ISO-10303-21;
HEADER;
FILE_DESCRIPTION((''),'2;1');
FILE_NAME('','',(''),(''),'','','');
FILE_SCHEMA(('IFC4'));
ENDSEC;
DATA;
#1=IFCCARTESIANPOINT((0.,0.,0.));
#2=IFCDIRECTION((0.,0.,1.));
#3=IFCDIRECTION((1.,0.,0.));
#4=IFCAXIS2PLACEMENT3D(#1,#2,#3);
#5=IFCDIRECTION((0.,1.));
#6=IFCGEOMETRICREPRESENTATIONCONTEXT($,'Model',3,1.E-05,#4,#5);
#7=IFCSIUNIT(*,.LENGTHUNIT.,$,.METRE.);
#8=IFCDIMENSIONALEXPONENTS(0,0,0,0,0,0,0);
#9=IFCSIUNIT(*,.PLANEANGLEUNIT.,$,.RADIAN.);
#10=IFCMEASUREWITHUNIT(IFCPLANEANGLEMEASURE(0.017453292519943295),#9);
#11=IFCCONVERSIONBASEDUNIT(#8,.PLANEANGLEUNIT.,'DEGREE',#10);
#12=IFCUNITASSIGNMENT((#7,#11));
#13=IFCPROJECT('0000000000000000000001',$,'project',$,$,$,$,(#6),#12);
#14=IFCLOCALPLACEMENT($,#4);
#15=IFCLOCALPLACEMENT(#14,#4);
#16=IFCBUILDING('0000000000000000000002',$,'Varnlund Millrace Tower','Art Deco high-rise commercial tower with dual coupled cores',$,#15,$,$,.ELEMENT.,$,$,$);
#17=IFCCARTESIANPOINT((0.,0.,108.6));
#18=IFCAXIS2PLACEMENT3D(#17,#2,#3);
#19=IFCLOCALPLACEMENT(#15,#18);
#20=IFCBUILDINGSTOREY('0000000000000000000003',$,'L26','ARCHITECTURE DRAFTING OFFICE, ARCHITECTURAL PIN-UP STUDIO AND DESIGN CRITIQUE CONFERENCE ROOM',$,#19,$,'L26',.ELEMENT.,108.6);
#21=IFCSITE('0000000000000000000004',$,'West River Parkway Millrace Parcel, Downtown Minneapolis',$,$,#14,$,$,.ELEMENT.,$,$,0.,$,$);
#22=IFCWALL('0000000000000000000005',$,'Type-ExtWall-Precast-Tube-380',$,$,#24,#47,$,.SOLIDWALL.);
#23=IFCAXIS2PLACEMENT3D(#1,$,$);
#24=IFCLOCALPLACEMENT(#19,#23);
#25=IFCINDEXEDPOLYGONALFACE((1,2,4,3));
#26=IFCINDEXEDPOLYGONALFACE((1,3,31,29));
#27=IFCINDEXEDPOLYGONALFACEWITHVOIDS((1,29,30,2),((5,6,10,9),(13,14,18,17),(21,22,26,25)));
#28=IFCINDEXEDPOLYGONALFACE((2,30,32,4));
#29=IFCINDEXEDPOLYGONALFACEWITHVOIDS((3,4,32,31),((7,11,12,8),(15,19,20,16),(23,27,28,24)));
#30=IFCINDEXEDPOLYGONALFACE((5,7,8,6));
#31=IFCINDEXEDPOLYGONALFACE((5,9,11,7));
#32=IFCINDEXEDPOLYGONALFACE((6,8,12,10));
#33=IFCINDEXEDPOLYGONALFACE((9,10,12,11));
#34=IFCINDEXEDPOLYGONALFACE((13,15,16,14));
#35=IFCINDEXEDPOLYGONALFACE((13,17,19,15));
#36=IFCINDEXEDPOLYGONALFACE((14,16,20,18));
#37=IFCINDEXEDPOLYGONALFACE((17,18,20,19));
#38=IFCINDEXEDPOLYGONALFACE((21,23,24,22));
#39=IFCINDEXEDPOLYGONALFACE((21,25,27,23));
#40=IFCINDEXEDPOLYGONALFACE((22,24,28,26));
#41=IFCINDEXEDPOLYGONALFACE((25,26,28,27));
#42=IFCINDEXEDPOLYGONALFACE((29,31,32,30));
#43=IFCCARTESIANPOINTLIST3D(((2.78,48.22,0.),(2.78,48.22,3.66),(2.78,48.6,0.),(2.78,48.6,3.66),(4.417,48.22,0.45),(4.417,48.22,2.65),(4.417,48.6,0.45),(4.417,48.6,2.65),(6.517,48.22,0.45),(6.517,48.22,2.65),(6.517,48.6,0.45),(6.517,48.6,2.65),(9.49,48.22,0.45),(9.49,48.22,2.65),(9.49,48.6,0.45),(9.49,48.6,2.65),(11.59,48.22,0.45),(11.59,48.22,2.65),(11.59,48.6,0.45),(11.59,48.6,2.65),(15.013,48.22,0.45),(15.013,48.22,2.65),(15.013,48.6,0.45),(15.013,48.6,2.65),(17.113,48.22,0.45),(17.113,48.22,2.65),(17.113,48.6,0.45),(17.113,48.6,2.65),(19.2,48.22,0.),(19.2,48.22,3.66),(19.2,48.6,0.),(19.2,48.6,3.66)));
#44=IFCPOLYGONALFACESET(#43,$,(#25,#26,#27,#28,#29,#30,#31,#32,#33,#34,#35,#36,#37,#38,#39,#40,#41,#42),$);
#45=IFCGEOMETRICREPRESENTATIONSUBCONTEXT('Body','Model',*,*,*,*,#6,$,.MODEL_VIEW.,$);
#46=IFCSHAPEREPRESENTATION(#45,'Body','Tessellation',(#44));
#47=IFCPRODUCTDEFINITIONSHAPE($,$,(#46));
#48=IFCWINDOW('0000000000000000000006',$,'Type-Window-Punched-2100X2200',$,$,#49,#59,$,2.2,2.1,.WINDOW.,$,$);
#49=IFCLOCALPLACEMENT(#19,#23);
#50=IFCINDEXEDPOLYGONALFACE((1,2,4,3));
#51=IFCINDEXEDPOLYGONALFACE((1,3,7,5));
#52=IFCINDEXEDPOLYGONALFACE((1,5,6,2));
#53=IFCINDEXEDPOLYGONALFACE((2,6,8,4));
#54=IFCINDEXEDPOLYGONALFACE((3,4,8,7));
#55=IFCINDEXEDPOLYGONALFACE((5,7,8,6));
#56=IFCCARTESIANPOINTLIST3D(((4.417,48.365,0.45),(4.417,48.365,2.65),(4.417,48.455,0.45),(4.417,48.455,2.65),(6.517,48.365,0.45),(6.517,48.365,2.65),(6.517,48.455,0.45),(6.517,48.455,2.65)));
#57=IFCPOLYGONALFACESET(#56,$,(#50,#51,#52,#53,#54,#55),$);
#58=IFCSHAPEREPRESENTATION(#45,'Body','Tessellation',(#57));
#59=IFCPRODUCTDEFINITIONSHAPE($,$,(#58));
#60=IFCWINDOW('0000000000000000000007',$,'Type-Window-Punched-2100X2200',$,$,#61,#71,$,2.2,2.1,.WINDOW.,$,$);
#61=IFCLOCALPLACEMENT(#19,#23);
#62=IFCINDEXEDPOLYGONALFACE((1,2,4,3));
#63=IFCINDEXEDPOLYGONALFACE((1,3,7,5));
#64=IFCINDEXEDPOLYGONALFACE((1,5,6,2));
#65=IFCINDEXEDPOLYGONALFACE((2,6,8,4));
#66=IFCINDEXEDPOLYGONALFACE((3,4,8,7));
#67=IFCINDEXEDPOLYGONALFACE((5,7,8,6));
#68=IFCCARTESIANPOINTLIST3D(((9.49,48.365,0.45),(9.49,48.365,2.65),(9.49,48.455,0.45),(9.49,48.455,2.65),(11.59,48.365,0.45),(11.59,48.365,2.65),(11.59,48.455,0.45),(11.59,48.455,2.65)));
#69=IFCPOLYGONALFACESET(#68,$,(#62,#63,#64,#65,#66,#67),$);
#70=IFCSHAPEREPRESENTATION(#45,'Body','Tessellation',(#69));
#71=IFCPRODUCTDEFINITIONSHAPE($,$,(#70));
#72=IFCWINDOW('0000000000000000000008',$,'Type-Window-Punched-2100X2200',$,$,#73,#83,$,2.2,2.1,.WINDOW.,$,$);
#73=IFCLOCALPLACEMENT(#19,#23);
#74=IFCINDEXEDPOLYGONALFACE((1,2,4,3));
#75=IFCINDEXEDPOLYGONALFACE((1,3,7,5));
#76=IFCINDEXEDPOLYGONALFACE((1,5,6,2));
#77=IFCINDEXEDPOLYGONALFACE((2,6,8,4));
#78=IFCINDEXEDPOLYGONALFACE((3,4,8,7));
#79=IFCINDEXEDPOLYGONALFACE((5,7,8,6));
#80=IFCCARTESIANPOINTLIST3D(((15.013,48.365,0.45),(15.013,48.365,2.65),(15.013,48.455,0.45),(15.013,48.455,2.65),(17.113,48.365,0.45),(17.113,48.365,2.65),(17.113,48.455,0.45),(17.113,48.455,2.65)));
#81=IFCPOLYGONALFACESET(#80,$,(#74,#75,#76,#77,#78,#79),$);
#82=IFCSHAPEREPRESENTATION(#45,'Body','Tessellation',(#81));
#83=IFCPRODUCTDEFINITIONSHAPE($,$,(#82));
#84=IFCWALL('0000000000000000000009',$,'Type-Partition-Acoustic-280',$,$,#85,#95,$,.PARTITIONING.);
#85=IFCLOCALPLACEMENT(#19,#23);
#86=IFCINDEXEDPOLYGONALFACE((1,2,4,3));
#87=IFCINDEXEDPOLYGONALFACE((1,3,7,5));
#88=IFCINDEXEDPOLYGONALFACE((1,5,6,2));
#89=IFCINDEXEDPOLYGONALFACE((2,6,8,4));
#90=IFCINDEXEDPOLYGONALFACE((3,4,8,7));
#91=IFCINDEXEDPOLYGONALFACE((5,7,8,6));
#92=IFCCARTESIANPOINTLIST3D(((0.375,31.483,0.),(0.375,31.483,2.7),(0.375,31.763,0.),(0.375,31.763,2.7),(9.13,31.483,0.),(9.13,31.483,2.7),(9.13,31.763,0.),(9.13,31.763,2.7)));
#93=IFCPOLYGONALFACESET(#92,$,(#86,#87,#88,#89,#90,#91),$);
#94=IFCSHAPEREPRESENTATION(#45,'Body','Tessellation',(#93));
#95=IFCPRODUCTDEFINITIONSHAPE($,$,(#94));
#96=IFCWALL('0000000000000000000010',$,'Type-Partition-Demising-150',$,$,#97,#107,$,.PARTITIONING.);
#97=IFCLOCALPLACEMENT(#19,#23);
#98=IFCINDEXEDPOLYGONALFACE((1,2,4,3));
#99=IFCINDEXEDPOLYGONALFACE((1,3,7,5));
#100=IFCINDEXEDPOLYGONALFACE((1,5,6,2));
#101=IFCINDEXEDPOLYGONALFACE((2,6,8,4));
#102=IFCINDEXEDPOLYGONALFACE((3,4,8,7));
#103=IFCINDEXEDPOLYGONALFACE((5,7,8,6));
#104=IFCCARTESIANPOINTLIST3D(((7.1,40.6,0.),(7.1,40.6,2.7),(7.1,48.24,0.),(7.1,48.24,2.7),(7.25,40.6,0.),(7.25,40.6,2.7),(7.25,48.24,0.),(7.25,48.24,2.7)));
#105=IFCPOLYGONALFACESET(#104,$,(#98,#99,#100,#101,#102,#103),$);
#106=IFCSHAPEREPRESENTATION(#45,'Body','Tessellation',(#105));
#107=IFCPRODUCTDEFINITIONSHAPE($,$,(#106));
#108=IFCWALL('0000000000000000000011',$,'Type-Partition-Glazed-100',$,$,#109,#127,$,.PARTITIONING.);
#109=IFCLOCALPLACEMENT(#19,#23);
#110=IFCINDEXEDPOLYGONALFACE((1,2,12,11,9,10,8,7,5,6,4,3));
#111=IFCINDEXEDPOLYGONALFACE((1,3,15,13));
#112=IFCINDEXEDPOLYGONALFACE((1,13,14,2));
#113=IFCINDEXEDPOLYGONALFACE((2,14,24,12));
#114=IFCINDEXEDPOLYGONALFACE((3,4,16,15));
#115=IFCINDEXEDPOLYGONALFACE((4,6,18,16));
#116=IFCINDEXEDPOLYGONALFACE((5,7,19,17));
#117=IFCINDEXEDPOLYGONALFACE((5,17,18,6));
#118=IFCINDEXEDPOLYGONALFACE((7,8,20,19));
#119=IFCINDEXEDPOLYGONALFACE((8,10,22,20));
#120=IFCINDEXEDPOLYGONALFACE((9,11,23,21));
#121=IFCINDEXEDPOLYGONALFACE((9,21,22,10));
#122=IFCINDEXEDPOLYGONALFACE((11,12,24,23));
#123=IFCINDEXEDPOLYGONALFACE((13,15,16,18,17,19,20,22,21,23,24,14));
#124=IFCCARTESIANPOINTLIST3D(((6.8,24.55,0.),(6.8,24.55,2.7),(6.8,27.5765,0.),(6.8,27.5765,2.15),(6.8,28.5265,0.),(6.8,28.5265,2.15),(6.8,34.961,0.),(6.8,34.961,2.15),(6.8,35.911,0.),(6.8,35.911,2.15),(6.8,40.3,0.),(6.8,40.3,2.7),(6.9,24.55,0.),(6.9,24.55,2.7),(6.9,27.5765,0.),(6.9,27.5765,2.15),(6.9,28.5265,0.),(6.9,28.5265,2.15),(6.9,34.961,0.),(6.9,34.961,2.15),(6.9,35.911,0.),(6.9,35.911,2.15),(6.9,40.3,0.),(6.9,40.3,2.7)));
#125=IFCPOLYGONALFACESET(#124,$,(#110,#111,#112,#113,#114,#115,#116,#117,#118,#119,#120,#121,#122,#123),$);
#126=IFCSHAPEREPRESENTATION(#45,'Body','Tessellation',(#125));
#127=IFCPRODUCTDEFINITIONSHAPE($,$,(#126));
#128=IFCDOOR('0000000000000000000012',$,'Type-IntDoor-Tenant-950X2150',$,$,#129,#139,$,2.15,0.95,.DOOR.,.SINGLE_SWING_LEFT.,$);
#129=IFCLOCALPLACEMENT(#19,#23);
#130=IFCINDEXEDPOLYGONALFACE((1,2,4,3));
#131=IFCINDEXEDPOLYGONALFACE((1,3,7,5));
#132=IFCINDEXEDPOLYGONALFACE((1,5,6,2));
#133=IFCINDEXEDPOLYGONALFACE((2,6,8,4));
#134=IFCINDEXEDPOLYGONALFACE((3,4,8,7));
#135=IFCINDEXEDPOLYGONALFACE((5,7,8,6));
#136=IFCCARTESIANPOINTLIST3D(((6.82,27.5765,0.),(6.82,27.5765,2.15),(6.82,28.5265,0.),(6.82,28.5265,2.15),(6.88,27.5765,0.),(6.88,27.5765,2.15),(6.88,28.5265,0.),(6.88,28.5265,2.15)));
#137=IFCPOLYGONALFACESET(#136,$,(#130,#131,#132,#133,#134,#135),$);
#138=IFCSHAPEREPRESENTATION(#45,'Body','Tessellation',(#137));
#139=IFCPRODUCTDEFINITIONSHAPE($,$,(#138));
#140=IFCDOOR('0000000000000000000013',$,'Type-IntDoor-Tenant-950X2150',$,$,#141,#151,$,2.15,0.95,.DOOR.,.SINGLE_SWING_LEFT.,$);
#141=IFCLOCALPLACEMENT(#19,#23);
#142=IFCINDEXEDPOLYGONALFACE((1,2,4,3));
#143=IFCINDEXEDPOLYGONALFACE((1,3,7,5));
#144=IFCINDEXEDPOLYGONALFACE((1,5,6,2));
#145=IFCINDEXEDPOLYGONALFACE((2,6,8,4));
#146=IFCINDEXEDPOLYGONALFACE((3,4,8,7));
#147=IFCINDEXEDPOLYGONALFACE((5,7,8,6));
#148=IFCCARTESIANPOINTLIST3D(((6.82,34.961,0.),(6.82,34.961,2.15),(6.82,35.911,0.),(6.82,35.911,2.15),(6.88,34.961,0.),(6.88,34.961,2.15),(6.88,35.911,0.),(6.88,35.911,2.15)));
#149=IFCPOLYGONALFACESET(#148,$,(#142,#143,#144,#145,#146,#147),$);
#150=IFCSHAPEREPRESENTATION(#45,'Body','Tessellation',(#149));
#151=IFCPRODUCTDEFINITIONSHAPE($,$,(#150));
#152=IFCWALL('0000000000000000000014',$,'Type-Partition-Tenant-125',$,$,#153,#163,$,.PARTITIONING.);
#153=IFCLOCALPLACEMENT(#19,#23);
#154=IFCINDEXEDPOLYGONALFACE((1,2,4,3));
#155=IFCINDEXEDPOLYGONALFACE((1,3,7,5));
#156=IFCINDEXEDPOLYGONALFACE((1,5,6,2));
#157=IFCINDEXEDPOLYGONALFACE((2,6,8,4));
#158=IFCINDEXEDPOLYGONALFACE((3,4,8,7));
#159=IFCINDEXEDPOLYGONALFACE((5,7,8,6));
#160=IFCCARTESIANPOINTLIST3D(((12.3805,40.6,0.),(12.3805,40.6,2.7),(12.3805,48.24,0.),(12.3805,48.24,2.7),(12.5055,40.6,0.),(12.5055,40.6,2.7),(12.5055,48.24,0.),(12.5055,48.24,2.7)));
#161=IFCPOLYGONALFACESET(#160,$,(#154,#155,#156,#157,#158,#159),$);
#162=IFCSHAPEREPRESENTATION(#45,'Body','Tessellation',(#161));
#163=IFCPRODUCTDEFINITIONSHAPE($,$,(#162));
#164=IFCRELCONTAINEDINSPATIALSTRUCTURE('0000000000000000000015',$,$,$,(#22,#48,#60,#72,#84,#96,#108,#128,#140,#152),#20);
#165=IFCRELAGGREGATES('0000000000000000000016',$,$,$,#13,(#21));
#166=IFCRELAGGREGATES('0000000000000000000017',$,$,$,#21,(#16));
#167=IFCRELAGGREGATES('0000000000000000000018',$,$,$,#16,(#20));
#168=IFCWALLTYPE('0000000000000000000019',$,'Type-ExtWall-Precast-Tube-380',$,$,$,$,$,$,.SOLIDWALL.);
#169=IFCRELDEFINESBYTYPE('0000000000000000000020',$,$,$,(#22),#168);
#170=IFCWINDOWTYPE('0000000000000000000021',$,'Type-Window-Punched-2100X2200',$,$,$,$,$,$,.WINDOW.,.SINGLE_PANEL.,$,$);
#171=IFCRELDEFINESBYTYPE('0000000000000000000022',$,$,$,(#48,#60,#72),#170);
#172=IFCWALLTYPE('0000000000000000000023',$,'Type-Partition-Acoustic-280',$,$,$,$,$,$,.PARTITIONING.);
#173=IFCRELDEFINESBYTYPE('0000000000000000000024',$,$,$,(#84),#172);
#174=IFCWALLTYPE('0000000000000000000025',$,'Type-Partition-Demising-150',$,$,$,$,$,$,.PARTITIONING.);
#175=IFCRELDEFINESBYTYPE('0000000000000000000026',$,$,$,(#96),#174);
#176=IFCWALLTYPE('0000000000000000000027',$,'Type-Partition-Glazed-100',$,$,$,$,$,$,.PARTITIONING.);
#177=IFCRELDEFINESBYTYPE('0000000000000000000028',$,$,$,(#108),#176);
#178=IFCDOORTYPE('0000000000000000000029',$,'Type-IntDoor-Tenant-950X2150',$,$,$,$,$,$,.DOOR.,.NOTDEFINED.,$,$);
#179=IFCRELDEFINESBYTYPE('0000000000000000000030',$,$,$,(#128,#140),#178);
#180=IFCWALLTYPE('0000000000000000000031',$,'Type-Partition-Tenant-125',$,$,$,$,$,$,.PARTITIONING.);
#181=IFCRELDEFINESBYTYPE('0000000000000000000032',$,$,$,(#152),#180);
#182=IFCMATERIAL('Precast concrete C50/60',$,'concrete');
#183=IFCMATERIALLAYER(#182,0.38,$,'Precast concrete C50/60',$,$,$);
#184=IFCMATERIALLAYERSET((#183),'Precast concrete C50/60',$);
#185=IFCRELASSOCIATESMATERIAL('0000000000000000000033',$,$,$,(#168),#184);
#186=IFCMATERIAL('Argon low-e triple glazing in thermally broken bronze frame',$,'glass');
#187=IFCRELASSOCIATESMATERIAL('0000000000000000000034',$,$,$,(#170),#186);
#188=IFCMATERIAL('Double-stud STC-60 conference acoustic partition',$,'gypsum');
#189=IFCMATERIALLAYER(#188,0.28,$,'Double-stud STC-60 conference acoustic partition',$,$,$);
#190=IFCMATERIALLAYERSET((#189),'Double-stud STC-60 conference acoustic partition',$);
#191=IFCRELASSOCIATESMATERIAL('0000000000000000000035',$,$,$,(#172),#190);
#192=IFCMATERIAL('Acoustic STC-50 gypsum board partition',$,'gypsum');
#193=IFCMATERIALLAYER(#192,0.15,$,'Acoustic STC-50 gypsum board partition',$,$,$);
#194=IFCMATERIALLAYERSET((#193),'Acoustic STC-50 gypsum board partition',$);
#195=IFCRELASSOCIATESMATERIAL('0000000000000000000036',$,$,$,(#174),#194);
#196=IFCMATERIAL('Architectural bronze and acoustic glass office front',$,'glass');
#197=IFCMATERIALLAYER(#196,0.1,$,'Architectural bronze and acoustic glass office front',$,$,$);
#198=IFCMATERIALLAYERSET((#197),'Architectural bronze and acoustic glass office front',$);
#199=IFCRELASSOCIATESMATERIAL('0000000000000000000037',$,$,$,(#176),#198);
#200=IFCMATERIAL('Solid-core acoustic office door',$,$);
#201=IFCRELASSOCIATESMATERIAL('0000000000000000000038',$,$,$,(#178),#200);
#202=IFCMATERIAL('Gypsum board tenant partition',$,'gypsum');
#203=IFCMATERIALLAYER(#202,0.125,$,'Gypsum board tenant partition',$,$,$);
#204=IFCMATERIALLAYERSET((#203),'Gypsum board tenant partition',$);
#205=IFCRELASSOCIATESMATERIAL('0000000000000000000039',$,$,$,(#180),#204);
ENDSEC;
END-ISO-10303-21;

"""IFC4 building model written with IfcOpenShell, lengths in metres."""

from ifc_helpers import new_model, entity, si_unit, converted_unit, direction, frame, origin_with_axes, origin_2d_with_axis, place, context, subcontext, project, spatial, polyline, rectangle, outline, extrude, material, layer, layer_set, type_object, element, fill, save


model = new_model("IFC4")

# Units and contexts
model_context = context("Model", 3, precision=1e-05, world=origin_with_axes(), true_north=direction((0.0, 1.0)))
body_context = subcontext(model_context, "Body", "Model", "MODEL_VIEW")
ifc_project = project(units=[si_unit("LENGTHUNIT", "METRE"), converted_unit("PLANEANGLEUNIT", "DEGREE", entity("IfcPlaneAngleMeasure", 0.017453292519943295), si_unit("PLANEANGLEUNIT", "RADIAN"), dimensions=[0, 0, 0, 0, 0, 0, 0])], contexts=[model_context])

# Site, building, storey
site_placement = place(None, origin_with_axes())
site = spatial("IfcSite", under=ifc_project, at=site_placement, Name="West River Parkway Millrace Parcel, Downtown Minneapolis", CompositionType="ELEMENT", RefElevation=0.0)
building_placement = place(site_placement, origin_with_axes())
building = spatial("IfcBuilding", under=site, at=building_placement, Name="Varnlund Millrace Tower", Description="Art Deco high-rise commercial tower with dual coupled cores", CompositionType="ELEMENT")
storey_placement = place(building_placement, frame((0.0, 0.0, 108.6), z_axis=(0.0, 0.0, 1.0), x_axis=(1.0, 0.0, 0.0)))
storey = spatial("IfcBuildingStorey", under=building, at=storey_placement, Name="L26", Description="ARCHITECTURE DRAFTING OFFICE, ARCHITECTURAL PIN-UP STUDIO AND DESIGN CRITIQUE CONFERENCE ROOM", LongName="L26", CompositionType="ELEMENT", Elevation=108.6)

# Shared definitions
ifc_material_1 = material(Name="Precast concrete C50/60", Category="concrete")
ifc_layer_1 = layer(ifc_material_1, 0.38, Name="Precast concrete C50/60")
ifc_layer_set_1 = layer_set([ifc_layer_1], Name="Precast concrete C50/60")
wall_type_1 = type_object("IfcWallType", Name="Type-ExtWall-Precast-Tube-380", PredefinedType="SOLIDWALL", material=ifc_layer_set_1)

# Wall, openings, windows
wall_1_placement = place(storey_placement, frame((2.78, 48.41, 0.0), z_axis=(0.0, 0.0, 1.0), x_axis=(1.0, 0.0, 0.0)))
wall_1 = element("IfcWall", 1, at=wall_1_placement, inside=storey, type_object=wall_type_1, Name="Type-ExtWall-Precast-Tube-380", PredefinedType="SOLIDWALL", context=body_context, shape_type="SweptSolid", body=[
    extrude(outline(polyline([(0.0, -0.19), (16.42, -0.19), (16.42, 0.19), (0.0, 0.19), (0.0, -0.19)])), origin_with_axes(), (0.0, 0.0, 1.0), 3.66),
])
opening_1_placement = place(wall_1_placement, frame((2.687, 0.0, 0.45), z_axis=(0.0, 0.0, 1.0), x_axis=(1.0, 0.0, 0.0)))
opening_1 = element("IfcOpeningElement", 2, at=opening_1_placement, cuts=wall_1, PredefinedType="OPENING", context=body_context, shape_type="SweptSolid", body=[
    extrude(rectangle(XDim=2.1, YDim=0.4, at=origin_2d_with_axis()), origin_with_axes(), (0.0, 0.0, 1.0), 2.2),
])
opening_2_placement = place(wall_1_placement, frame((7.76, 0.0, 0.45), z_axis=(0.0, 0.0, 1.0), x_axis=(1.0, 0.0, 0.0)))
opening_2 = element("IfcOpeningElement", 3, at=opening_2_placement, cuts=wall_1, PredefinedType="OPENING", context=body_context, shape_type="SweptSolid", body=[
    extrude(rectangle(XDim=2.1, YDim=0.4, at=origin_2d_with_axis()), origin_with_axes(), (0.0, 0.0, 1.0), 2.2),
])
opening_3_placement = place(wall_1_placement, frame((13.283, 0.0, 0.45), z_axis=(0.0, 0.0, 1.0), x_axis=(1.0, 0.0, 0.0)))
opening_3 = element("IfcOpeningElement", 4, at=opening_3_placement, cuts=wall_1, PredefinedType="OPENING", context=body_context, shape_type="SweptSolid", body=[
    extrude(rectangle(XDim=2.1, YDim=0.4, at=origin_2d_with_axis()), origin_with_axes(), (0.0, 0.0, 1.0), 2.2),
])
ifc_material_2 = material(Name="Argon low-e triple glazing in thermally broken bronze frame", Category="glass")
window_type = type_object("IfcWindowType", Name="Type-Window-Punched-2100X2200", PartitioningType="SINGLE_PANEL", PredefinedType="WINDOW", material=ifc_material_2)
window_1_placement = place(wall_1_placement, frame((2.687, 0.0, 0.45), z_axis=(0.0, 0.0, 1.0), x_axis=(1.0, 0.0, 0.0)))
window_1 = element("IfcWindow", 5, at=window_1_placement, inside=storey, type_object=window_type, Name="Type-Window-Punched-2100X2200", OverallHeight=2.2, OverallWidth=2.1, PredefinedType="WINDOW", context=body_context, shape_type="SweptSolid", body=[
    extrude(rectangle(XDim=2.1, YDim=0.09, at=origin_2d_with_axis()), origin_with_axes(), (0.0, 0.0, 1.0), 2.2),
])
fill(opening_1, window_1)
window_2_placement = place(wall_1_placement, frame((7.76, 0.0, 0.45), z_axis=(0.0, 0.0, 1.0), x_axis=(1.0, 0.0, 0.0)))
window_2 = element("IfcWindow", 6, at=window_2_placement, inside=storey, type_object=window_type, Name="Type-Window-Punched-2100X2200", OverallHeight=2.2, OverallWidth=2.1, PredefinedType="WINDOW", context=body_context, shape_type="SweptSolid", body=[
    extrude(rectangle(XDim=2.1, YDim=0.09, at=origin_2d_with_axis()), origin_with_axes(), (0.0, 0.0, 1.0), 2.2),
])
fill(opening_2, window_2)
window_3_placement = place(wall_1_placement, frame((13.283, 0.0, 0.45), z_axis=(0.0, 0.0, 1.0), x_axis=(1.0, 0.0, 0.0)))
window_3 = element("IfcWindow", 7, at=window_3_placement, inside=storey, type_object=window_type, Name="Type-Window-Punched-2100X2200", OverallHeight=2.2, OverallWidth=2.1, PredefinedType="WINDOW", context=body_context, shape_type="SweptSolid", body=[
    extrude(rectangle(XDim=2.1, YDim=0.09, at=origin_2d_with_axis()), origin_with_axes(), (0.0, 0.0, 1.0), 2.2),
])
fill(opening_3, window_3)

# Walls
ifc_material_3 = material(Name="Double-stud STC-60 conference acoustic partition", Category="gypsum")
ifc_layer_2 = layer(ifc_material_3, 0.28, Name="Double-stud STC-60 conference acoustic partition")
ifc_layer_set_2 = layer_set([ifc_layer_2], Name="Double-stud STC-60 conference acoustic partition")
wall_type_2 = type_object("IfcWallType", Name="Type-Partition-Acoustic-280", PredefinedType="PARTITIONING", material=ifc_layer_set_2)
wall_2_placement = place(storey_placement, frame((0.375, 31.623, 0.0), z_axis=(0.0, 0.0, 1.0), x_axis=(1.0, 0.0, 0.0)))
element("IfcWall", 8, at=wall_2_placement, inside=storey, type_object=wall_type_2, Name="Type-Partition-Acoustic-280", PredefinedType="PARTITIONING", context=body_context, shape_type="SweptSolid", body=[
    extrude(outline(polyline([(0.0, -0.14), (8.755, -0.14), (8.755, 0.14), (0.0, 0.14), (0.0, -0.14)])), origin_with_axes(), (0.0, 0.0, 1.0), 2.7),
])
ifc_material_4 = material(Name="Acoustic STC-50 gypsum board partition", Category="gypsum")
ifc_layer_3 = layer(ifc_material_4, 0.15, Name="Acoustic STC-50 gypsum board partition")
ifc_layer_set_3 = layer_set([ifc_layer_3], Name="Acoustic STC-50 gypsum board partition")
wall_type_3 = type_object("IfcWallType", Name="Type-Partition-Demising-150", PredefinedType="PARTITIONING", material=ifc_layer_set_3)
wall_3_placement = place(storey_placement, frame((7.175, 40.6, 0.0), z_axis=(0.0, 0.0, 1.0), x_axis=(0.0, 1.0, 0.0)))
element("IfcWall", 9, at=wall_3_placement, inside=storey, type_object=wall_type_3, Name="Type-Partition-Demising-150", PredefinedType="PARTITIONING", context=body_context, shape_type="SweptSolid", body=[
    extrude(outline(polyline([(0.0, -0.075), (7.64, -0.075), (7.64, 0.075), (0.0, 0.075), (0.0, -0.075)])), origin_with_axes(), (0.0, 0.0, 1.0), 2.7),
])

# Wall, openings, doors
ifc_material_5 = material(Name="Architectural bronze and acoustic glass office front", Category="glass")
ifc_layer_4 = layer(ifc_material_5, 0.1, Name="Architectural bronze and acoustic glass office front")
ifc_layer_set_4 = layer_set([ifc_layer_4], Name="Architectural bronze and acoustic glass office front")
wall_type_4 = type_object("IfcWallType", Name="Type-Partition-Glazed-100", PredefinedType="PARTITIONING", material=ifc_layer_set_4)
wall_4_placement = place(storey_placement, frame((6.85, 24.55, 0.0), z_axis=(0.0, 0.0, 1.0), x_axis=(0.0, 1.0, 0.0)))
wall_4 = element("IfcWall", 10, at=wall_4_placement, inside=storey, type_object=wall_type_4, Name="Type-Partition-Glazed-100", PredefinedType="PARTITIONING", context=body_context, shape_type="SweptSolid", body=[
    extrude(outline(polyline([(0.0, -0.05), (15.75, -0.05), (15.75, 0.05), (0.0, 0.05), (0.0, -0.05)])), origin_with_axes(), (0.0, 0.0, 1.0), 2.7),
])
opening_4_placement = place(wall_4_placement, frame((3.5015, 0.0, 0.0), z_axis=(0.0, 0.0, 1.0), x_axis=(1.0, 0.0, 0.0)))
opening_4 = element("IfcOpeningElement", 11, at=opening_4_placement, cuts=wall_4, PredefinedType="OPENING", context=body_context, shape_type="SweptSolid", body=[
    extrude(rectangle(XDim=0.95, YDim=0.12, at=origin_2d_with_axis()), origin_with_axes(), (0.0, 0.0, 1.0), 2.15),
])
opening_5_placement = place(wall_4_placement, frame((10.886, 0.0, 0.0), z_axis=(0.0, 0.0, 1.0), x_axis=(1.0, 0.0, 0.0)))
opening_5 = element("IfcOpeningElement", 12, at=opening_5_placement, cuts=wall_4, PredefinedType="OPENING", context=body_context, shape_type="SweptSolid", body=[
    extrude(rectangle(XDim=0.95, YDim=0.12, at=origin_2d_with_axis()), origin_with_axes(), (0.0, 0.0, 1.0), 2.15),
])
ifc_material_6 = material(Name="Solid-core acoustic office door")
door_type = type_object("IfcDoorType", Name="Type-IntDoor-Tenant-950X2150", OperationType="NOTDEFINED", PredefinedType="DOOR", material=ifc_material_6)
door_1_placement = place(wall_4_placement, frame((3.5015, 0.0, 0.0), z_axis=(0.0, 0.0, 1.0), x_axis=(1.0, 0.0, 0.0)))
door_1 = element("IfcDoor", 13, at=door_1_placement, inside=storey, type_object=door_type, Name="Type-IntDoor-Tenant-950X2150", OperationType="SINGLE_SWING_LEFT", OverallHeight=2.15, OverallWidth=0.95, PredefinedType="DOOR", context=body_context, shape_type="SweptSolid", body=[
    extrude(rectangle(XDim=0.95, YDim=0.06, at=origin_2d_with_axis()), origin_with_axes(), (0.0, 0.0, 1.0), 2.15),
])
fill(opening_4, door_1)
door_2_placement = place(wall_4_placement, frame((10.886, 0.0, 0.0), z_axis=(0.0, 0.0, 1.0), x_axis=(1.0, 0.0, 0.0)))
door_2 = element("IfcDoor", 14, at=door_2_placement, inside=storey, type_object=door_type, Name="Type-IntDoor-Tenant-950X2150", OperationType="SINGLE_SWING_LEFT", OverallHeight=2.15, OverallWidth=0.95, PredefinedType="DOOR", context=body_context, shape_type="SweptSolid", body=[
    extrude(rectangle(XDim=0.95, YDim=0.06, at=origin_2d_with_axis()), origin_with_axes(), (0.0, 0.0, 1.0), 2.15),
])
fill(opening_5, door_2)

# Wall
ifc_material_7 = material(Name="Gypsum board tenant partition", Category="gypsum")
ifc_layer_5 = layer(ifc_material_7, 0.125, Name="Gypsum board tenant partition")
ifc_layer_set_5 = layer_set([ifc_layer_5], Name="Gypsum board tenant partition")
wall_type_5 = type_object("IfcWallType", Name="Type-Partition-Tenant-125", PredefinedType="PARTITIONING", material=ifc_layer_set_5)
wall_5_placement = place(storey_placement, frame((12.443, 40.6, 0.0), z_axis=(0.0, 0.0, 1.0), x_axis=(0.0, 1.0, 0.0)))
element("IfcWall", 15, at=wall_5_placement, inside=storey, type_object=wall_type_5, Name="Type-Partition-Tenant-125", PredefinedType="PARTITIONING", context=body_context, shape_type="SweptSolid", body=[
    extrude(outline(polyline([(0.0, -0.0625), (7.64, -0.0625), (7.64, 0.0625), (0.0, 0.0625), (0.0, -0.0625)])), origin_with_axes(), (0.0, 0.0, 1.0), 2.7),
])

save(model, "model.ifc")
